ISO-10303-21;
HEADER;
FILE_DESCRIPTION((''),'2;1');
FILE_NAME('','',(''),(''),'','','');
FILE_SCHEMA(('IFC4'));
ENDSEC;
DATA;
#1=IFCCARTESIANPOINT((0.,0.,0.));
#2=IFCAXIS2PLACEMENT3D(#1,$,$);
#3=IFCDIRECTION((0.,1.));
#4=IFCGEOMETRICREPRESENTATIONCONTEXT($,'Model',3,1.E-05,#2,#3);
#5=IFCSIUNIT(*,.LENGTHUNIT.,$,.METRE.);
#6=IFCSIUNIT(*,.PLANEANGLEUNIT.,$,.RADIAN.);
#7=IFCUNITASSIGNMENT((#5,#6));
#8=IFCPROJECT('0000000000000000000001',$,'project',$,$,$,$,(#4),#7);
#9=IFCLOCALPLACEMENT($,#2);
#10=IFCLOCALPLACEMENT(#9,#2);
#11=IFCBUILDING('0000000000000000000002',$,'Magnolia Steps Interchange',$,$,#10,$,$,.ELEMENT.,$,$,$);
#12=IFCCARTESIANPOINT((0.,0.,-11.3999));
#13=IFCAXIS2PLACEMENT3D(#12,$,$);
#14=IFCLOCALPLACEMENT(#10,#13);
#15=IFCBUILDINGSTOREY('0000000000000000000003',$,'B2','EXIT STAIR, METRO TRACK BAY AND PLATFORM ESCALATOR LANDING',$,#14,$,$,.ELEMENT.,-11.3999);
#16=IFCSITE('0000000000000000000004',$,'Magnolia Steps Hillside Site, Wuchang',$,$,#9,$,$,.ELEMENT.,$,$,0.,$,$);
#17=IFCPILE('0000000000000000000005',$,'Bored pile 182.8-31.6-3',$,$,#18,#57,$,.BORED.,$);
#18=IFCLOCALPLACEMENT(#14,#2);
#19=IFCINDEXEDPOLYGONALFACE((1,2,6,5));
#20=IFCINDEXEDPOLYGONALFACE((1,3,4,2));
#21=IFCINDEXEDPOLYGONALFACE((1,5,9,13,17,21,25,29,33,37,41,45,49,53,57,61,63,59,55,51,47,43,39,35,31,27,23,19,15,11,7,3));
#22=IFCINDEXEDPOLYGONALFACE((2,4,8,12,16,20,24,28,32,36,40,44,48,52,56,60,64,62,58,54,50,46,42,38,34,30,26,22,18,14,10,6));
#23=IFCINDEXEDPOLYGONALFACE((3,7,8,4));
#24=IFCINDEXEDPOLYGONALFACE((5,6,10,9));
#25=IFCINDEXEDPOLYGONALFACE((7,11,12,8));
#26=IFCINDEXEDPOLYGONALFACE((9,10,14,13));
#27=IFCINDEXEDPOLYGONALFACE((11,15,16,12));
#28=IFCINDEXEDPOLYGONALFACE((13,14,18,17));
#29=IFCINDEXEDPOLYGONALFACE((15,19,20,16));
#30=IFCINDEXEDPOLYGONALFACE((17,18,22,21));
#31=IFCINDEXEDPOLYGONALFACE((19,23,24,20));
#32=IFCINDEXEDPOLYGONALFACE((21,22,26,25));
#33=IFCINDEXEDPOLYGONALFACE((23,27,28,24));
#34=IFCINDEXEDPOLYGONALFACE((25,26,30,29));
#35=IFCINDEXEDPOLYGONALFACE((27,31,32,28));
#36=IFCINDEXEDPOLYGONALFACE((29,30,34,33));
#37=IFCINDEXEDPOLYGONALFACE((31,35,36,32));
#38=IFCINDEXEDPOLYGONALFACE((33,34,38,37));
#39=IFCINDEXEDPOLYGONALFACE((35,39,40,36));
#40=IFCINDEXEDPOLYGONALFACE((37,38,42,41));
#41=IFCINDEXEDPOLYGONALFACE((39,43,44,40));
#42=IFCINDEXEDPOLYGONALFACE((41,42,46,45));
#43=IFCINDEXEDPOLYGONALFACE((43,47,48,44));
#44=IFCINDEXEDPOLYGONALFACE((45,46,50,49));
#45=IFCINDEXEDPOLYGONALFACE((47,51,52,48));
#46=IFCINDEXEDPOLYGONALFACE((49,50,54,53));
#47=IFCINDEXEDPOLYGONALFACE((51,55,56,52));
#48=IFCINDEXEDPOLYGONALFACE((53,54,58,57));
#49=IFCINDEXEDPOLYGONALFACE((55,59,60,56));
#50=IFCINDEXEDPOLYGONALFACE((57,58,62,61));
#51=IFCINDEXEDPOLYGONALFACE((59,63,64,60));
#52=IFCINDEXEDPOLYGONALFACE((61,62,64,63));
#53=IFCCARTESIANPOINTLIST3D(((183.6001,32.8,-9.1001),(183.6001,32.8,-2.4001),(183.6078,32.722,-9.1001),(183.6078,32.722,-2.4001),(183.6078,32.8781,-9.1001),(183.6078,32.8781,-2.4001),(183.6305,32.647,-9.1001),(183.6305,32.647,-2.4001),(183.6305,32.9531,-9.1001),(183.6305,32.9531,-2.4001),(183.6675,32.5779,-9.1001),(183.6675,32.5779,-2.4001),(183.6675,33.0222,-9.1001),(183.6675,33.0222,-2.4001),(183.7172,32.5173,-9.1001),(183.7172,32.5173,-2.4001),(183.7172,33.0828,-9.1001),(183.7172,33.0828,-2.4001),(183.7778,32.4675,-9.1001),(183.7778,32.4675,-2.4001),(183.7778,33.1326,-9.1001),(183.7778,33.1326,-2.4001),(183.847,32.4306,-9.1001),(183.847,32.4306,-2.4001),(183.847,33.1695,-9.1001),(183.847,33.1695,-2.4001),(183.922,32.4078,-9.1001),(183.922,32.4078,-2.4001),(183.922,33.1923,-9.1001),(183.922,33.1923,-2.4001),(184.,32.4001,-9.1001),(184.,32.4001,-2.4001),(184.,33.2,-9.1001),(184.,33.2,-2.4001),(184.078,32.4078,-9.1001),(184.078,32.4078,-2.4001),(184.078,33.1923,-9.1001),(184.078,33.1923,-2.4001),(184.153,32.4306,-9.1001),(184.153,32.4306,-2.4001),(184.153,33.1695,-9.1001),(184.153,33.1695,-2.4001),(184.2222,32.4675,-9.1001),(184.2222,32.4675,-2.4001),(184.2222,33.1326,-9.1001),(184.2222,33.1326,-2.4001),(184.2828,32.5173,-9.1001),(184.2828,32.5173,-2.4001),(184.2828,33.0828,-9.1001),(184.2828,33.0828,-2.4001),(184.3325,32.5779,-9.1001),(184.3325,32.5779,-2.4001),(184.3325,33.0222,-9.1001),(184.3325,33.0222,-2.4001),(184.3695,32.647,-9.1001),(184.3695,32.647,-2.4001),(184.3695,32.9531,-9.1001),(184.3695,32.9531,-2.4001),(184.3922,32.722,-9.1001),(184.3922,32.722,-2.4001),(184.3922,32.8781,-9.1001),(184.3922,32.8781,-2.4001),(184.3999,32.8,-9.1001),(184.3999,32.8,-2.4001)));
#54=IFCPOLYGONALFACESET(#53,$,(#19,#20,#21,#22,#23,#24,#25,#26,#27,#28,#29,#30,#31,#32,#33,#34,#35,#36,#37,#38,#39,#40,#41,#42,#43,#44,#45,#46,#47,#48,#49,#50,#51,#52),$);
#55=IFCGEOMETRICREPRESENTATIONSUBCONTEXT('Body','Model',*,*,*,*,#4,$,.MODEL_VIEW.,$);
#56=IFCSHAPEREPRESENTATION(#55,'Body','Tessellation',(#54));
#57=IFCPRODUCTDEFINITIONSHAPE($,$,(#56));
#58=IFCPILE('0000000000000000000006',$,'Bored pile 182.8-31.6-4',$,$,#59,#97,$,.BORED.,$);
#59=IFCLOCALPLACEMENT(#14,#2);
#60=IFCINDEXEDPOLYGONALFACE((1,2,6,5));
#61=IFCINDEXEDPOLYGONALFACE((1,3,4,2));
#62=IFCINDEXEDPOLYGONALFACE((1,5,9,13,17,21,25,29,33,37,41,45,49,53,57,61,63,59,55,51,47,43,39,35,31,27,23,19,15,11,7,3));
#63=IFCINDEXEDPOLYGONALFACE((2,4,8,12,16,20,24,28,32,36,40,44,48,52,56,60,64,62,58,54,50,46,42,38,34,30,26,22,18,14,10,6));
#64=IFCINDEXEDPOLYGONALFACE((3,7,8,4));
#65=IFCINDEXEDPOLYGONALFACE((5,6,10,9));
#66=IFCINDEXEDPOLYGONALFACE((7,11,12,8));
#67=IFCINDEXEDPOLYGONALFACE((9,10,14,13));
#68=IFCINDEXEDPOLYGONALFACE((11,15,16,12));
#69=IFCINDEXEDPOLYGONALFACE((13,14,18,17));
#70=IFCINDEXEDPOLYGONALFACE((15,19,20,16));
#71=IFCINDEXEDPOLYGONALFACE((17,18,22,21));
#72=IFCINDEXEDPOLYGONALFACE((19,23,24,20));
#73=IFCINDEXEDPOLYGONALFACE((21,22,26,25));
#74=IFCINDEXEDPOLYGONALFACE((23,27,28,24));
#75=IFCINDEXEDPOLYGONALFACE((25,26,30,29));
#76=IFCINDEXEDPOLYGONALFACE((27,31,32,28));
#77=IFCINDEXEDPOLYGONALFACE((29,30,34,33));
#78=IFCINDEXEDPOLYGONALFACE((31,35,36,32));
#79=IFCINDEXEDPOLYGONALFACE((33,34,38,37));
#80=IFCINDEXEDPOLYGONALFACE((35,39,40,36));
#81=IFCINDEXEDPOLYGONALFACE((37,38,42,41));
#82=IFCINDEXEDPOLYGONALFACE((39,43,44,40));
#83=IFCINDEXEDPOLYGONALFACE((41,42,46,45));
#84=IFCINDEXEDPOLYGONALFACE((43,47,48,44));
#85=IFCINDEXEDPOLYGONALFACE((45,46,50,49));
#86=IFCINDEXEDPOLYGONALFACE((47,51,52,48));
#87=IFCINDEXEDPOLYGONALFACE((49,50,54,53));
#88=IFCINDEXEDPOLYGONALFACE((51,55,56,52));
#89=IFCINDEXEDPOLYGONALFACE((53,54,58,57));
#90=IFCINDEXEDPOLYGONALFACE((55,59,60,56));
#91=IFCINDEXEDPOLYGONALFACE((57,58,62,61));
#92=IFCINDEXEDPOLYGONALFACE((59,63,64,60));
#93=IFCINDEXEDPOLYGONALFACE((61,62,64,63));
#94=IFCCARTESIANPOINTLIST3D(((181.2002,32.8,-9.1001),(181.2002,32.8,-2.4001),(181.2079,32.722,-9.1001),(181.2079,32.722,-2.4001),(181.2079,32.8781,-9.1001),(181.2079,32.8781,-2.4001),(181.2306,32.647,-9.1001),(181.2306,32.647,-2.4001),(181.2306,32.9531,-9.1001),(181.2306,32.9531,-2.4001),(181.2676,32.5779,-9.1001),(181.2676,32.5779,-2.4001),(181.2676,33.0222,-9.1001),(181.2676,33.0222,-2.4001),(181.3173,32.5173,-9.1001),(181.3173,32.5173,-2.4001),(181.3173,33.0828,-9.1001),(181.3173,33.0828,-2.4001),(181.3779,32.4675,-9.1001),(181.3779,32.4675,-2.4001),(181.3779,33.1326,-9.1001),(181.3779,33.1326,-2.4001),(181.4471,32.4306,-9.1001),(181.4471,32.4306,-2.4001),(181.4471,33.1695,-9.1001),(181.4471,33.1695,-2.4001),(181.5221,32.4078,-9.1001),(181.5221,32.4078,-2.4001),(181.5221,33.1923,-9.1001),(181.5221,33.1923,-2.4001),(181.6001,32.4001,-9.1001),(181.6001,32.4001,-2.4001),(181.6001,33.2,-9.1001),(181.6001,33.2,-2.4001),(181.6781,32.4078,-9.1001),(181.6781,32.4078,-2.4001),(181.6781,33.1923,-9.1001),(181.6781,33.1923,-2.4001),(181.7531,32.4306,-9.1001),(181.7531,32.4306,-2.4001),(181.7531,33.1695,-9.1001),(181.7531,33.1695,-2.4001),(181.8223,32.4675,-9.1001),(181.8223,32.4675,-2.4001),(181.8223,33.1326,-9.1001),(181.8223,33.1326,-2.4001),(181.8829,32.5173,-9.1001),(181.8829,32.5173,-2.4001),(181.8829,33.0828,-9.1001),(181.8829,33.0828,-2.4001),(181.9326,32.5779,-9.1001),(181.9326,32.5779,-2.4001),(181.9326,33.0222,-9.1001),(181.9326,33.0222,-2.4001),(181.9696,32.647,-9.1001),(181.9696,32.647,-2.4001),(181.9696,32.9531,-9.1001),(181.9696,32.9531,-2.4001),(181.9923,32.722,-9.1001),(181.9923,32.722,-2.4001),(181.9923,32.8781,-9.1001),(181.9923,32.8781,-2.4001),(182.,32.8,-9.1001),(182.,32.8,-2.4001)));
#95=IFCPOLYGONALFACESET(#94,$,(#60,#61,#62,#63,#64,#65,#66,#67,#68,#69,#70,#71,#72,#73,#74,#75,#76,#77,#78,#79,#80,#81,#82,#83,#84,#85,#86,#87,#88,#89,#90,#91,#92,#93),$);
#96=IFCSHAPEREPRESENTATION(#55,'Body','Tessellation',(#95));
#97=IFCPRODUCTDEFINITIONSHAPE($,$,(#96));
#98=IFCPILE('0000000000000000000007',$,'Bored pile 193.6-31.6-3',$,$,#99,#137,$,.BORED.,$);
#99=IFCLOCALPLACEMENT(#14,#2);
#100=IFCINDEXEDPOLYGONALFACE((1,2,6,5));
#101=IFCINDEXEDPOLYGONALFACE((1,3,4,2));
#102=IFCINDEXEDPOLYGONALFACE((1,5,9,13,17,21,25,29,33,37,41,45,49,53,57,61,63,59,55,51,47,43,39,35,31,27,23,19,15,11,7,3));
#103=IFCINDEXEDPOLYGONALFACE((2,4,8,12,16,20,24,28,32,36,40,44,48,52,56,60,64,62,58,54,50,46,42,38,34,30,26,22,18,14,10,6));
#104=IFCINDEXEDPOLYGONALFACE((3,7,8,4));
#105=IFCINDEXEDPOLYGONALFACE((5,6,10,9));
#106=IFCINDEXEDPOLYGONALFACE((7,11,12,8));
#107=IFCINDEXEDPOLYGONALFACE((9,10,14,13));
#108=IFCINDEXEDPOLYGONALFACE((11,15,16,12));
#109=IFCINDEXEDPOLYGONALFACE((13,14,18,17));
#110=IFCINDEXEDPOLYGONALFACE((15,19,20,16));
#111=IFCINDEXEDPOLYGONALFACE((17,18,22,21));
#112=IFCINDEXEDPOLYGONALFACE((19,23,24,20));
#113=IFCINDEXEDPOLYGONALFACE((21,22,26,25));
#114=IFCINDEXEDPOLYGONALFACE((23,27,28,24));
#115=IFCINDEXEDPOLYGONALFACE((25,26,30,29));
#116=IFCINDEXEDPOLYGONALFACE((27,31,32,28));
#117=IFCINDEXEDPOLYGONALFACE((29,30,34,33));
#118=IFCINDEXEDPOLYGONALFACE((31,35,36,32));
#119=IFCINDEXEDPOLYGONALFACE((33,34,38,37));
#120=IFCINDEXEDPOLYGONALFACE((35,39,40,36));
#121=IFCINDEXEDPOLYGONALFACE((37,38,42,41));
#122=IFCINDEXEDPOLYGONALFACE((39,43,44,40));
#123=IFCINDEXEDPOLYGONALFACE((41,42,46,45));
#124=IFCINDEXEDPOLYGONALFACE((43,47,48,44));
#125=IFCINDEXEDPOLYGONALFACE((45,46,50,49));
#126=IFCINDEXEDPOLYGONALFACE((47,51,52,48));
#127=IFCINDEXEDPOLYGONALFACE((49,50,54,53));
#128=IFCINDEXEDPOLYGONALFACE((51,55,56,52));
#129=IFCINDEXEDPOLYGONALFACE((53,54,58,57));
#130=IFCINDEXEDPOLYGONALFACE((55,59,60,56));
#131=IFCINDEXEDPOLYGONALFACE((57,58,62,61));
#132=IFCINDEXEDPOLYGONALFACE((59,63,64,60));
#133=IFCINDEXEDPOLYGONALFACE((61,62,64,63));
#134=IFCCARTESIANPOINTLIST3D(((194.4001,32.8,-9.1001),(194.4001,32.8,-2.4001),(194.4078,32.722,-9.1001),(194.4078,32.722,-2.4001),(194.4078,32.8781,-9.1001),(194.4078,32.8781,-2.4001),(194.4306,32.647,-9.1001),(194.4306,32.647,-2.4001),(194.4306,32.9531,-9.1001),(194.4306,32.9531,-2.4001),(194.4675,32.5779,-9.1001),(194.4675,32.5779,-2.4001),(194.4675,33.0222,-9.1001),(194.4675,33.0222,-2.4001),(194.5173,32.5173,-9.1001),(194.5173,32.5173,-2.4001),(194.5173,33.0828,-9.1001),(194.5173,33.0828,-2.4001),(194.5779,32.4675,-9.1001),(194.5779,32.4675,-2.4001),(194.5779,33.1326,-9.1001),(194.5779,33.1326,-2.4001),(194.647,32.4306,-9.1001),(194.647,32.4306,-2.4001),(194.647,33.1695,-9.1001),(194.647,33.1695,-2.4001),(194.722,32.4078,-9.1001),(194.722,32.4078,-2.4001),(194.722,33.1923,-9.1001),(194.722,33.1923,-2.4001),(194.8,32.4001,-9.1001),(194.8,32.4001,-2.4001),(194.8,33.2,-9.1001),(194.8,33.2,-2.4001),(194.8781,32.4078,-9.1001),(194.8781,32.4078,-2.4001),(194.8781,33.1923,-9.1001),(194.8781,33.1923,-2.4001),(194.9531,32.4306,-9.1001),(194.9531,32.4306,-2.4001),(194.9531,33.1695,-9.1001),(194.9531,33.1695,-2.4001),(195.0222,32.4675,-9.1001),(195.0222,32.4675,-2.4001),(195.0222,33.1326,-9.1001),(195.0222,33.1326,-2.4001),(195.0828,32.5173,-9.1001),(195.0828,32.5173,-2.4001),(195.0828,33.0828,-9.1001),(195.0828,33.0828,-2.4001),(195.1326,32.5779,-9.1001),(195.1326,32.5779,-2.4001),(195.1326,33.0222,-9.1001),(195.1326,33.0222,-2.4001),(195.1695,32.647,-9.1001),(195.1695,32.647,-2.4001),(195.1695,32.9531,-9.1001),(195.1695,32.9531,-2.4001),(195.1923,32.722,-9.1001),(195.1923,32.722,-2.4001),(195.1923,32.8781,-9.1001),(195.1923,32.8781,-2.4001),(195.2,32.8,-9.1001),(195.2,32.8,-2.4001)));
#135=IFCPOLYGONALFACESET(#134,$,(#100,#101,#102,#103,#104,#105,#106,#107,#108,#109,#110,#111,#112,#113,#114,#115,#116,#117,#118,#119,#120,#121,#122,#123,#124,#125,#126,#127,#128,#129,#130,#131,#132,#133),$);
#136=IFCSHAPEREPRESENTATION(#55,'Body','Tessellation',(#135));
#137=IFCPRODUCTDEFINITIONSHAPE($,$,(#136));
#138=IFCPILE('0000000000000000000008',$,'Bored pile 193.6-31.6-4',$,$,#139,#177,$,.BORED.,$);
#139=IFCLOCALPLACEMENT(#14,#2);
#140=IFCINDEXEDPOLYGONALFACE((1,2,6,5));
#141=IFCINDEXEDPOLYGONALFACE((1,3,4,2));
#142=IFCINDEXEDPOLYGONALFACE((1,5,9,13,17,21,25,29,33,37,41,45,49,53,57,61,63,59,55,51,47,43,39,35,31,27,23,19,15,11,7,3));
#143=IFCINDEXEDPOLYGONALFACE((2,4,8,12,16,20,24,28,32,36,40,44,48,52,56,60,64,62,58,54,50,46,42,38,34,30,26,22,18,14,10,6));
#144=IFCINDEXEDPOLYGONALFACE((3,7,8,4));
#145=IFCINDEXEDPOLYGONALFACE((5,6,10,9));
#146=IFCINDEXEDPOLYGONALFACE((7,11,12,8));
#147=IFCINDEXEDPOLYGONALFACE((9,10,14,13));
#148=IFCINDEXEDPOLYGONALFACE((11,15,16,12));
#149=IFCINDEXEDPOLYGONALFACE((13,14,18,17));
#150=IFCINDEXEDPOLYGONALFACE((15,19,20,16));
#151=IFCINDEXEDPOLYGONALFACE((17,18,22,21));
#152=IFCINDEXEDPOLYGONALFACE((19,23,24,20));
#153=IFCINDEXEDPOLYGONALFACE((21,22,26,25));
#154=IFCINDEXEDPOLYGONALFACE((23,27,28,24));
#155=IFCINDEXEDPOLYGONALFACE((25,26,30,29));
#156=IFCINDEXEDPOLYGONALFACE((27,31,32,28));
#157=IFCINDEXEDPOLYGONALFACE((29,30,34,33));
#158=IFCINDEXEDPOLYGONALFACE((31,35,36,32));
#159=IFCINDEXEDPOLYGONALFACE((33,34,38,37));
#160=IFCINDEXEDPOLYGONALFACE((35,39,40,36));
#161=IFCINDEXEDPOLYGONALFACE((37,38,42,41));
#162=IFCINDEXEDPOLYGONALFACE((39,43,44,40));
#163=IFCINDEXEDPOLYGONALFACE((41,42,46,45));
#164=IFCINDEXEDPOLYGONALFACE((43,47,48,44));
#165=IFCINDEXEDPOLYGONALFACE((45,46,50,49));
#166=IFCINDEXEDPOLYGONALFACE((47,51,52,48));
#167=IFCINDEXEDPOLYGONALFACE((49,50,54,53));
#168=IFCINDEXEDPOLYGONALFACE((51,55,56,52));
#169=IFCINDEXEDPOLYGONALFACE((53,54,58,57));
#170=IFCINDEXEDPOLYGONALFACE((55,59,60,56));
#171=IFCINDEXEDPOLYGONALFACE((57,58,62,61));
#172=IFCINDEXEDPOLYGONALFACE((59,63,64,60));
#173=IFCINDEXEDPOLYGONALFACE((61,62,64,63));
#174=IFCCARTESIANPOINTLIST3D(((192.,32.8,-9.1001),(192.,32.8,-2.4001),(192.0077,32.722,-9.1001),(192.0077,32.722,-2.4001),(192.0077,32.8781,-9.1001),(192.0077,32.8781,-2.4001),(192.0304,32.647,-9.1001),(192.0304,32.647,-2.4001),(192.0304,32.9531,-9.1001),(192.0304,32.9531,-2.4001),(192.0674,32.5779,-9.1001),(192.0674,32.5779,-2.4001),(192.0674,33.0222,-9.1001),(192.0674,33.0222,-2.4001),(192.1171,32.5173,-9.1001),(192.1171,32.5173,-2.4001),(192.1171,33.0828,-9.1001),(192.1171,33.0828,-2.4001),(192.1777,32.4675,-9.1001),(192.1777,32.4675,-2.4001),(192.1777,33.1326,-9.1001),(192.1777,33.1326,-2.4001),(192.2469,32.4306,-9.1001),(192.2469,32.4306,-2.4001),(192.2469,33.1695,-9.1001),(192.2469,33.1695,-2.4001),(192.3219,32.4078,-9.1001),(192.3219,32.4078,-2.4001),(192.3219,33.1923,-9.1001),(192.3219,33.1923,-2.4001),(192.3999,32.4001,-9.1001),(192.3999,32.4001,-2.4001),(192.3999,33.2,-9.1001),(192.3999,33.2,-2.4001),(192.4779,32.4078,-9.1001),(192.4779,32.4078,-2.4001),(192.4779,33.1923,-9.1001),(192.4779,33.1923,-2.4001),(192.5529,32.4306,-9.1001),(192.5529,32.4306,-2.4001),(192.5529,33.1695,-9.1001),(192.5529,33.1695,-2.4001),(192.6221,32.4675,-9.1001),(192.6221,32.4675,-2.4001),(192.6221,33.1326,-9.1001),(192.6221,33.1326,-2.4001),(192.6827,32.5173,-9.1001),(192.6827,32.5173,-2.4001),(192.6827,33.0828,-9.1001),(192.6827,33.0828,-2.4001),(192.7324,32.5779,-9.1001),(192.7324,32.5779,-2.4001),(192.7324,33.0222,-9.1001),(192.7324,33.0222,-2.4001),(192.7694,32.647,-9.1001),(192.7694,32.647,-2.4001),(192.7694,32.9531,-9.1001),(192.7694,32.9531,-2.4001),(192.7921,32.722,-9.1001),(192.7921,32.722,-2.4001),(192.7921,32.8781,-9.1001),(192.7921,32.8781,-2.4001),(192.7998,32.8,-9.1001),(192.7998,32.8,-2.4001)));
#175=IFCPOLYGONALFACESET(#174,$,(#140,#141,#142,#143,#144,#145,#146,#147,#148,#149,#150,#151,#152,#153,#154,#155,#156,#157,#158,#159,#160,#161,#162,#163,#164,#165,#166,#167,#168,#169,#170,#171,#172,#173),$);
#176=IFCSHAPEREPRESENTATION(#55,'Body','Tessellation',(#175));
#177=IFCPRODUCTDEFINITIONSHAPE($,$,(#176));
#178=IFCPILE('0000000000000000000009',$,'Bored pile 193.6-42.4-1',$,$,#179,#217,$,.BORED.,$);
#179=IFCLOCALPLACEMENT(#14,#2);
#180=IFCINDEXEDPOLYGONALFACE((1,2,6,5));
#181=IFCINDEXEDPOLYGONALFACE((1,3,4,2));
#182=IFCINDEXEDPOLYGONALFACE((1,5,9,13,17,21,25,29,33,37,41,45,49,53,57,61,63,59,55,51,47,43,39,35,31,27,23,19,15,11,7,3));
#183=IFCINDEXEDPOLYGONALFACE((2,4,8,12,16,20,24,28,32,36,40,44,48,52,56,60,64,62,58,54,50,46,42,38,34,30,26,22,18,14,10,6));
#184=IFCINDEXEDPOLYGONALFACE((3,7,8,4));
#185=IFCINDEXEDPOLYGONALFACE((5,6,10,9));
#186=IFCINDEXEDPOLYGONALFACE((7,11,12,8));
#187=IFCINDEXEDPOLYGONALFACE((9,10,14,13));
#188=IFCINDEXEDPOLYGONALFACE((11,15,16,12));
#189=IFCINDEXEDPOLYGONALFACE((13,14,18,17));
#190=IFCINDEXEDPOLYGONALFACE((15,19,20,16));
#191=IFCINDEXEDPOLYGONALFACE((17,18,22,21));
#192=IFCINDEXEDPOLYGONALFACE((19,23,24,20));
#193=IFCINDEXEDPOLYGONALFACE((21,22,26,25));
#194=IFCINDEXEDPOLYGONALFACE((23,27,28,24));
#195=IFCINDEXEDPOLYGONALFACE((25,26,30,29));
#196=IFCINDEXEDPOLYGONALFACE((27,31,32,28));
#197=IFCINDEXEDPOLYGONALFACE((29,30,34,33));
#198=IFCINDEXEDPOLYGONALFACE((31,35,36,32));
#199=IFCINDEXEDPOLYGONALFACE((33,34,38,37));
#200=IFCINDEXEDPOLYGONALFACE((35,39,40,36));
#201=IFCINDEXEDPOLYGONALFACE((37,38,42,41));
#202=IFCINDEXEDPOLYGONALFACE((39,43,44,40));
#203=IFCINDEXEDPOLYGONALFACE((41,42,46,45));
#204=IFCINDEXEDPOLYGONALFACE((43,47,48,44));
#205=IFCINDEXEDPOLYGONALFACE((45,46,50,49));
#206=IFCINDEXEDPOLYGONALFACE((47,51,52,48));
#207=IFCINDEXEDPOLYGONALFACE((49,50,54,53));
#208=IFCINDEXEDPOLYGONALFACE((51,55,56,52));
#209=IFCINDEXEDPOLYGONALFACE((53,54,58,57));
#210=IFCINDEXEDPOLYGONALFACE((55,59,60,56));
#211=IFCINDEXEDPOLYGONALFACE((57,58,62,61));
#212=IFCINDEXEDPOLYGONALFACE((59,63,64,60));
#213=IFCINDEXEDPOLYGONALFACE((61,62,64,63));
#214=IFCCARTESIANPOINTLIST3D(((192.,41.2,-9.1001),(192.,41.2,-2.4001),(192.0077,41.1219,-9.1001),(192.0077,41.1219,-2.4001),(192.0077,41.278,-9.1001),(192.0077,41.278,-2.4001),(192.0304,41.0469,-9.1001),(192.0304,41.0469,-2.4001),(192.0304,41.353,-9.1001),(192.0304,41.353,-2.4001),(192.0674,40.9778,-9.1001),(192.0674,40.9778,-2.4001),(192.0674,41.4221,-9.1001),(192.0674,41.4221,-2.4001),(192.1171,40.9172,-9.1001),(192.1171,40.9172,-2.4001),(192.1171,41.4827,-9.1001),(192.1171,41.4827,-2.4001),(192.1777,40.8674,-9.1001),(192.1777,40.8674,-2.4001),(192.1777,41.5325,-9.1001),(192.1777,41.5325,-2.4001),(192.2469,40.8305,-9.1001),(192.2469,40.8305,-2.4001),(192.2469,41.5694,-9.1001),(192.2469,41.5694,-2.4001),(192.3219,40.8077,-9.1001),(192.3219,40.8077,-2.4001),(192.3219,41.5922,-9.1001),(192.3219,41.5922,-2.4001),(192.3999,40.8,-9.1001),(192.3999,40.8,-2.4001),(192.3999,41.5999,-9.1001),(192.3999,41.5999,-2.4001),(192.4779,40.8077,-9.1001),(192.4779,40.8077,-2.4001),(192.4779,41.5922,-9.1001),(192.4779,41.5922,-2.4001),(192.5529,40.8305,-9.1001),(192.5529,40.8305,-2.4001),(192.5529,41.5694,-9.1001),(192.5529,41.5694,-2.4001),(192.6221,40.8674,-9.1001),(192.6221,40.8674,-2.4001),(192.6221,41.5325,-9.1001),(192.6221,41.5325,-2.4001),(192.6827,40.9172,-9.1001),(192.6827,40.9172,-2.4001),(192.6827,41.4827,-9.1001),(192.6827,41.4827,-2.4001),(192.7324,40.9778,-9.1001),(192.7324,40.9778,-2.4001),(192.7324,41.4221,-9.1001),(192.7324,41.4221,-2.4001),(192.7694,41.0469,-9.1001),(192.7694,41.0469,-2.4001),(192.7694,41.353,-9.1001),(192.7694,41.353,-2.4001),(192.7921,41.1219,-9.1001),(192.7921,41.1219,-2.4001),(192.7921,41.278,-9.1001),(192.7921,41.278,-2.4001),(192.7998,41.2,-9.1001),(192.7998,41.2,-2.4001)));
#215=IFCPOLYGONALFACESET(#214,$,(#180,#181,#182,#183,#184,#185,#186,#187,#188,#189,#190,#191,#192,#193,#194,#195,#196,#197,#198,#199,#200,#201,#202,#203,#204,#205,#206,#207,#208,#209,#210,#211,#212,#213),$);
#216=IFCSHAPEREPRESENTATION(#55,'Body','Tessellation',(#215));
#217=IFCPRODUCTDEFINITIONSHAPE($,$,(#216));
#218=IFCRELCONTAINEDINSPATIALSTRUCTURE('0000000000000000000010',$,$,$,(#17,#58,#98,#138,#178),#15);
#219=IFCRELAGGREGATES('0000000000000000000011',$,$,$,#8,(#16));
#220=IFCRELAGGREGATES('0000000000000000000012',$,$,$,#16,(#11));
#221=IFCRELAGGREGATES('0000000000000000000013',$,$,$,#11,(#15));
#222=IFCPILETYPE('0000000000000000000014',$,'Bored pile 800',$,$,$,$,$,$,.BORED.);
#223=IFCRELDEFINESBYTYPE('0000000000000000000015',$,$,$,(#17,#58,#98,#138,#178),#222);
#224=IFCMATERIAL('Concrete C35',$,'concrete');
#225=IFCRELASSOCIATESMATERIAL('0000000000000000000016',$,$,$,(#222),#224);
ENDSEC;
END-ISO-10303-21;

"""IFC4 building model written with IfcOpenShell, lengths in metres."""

from ifc_helpers import new_model, si_unit, direction, frame, origin, origin_2d, place, context, subcontext, project, spatial, circle, extrude, material, material_profile, profile_set, type_object, element, save


model = new_model("IFC4")

# Units and contexts
model_context = context("Model", 3, precision=1e-05, world=origin(), true_north=direction((0.0, 1.0)))
body_context = subcontext(model_context, "Body", "Model", "MODEL_VIEW")
ifc_project = project(units=[si_unit("LENGTHUNIT", "METRE"), si_unit("PLANEANGLEUNIT", "RADIAN")], contexts=[model_context])

# Site, building, storey
site_placement = place(None, origin())
site = spatial("IfcSite", under=ifc_project, at=site_placement, Name="Magnolia Steps Hillside Site, Wuchang", CompositionType="ELEMENT", RefElevation=0.0)
building_placement = place(site_placement, origin())
building = spatial("IfcBuilding", under=site, at=building_placement, Name="Magnolia Steps Interchange", CompositionType="ELEMENT")
storey_placement = place(building_placement, frame((0.0, 0.0, -11.3999)))
storey = spatial("IfcBuildingStorey", under=building, at=storey_placement, Name="B2", Description="EXIT STAIR, METRO TRACK BAY AND PLATFORM ESCALATOR LANDING", CompositionType="ELEMENT", Elevation=-11.3999)

# Piles
ifc_material_1 = material(Name="Concrete C35", Category="concrete")
ifc_material_profile_1 = material_profile(ifc_material_1, circle(Radius=0.3999, at=origin_2d()), Name="Bored pile 800")
ifc_profile_set_1 = profile_set([ifc_material_profile_1], Name="Concrete C35")
pile_type_1 = type_object("IfcPileType", Name="Bored pile 800", PredefinedType="BORED", material=ifc_profile_set_1)
for number, where, z_axis, x_axis, name in (
    (1, (184.0, 32.8, -2.4001), (0.0, 0.0, -1.0), (1.0, 0.0, 0.0), "Bored pile 182.8-31.6-3"),
    (2, (181.6001, 32.8, -2.4001), (0.0, 0.0, -1.0), (1.0, 0.0, 0.0), "Bored pile 182.8-31.6-4"),
    (3, (194.8, 32.8, -2.4001), (0.0, 0.0, -1.0), (1.0, 0.0, 0.0), "Bored pile 193.6-31.6-3"),
    (4, (192.3999, 32.8, -2.4001), (0.0, 0.0, -1.0), (1.0, 0.0, 0.0), "Bored pile 193.6-31.6-4"),
    (5, (192.3999, 41.2, -2.4001), (0.0, 0.0, -1.0), (1.0, 0.0, 0.0), "Bored pile 193.6-42.4-1"),
):
    element("IfcPile", number, at=place(storey_placement, frame(where, z_axis=z_axis, x_axis=x_axis)), inside=storey, type_object=pile_type_1, Name=name, PredefinedType="BORED", context=body_context, shape_type="SweptSolid", body=[
        extrude(circle(Radius=0.3999, at=origin_2d()), origin(), (0.0, 0.0, 1.0), 6.7),
    ])

save(model, "model.ifc")
